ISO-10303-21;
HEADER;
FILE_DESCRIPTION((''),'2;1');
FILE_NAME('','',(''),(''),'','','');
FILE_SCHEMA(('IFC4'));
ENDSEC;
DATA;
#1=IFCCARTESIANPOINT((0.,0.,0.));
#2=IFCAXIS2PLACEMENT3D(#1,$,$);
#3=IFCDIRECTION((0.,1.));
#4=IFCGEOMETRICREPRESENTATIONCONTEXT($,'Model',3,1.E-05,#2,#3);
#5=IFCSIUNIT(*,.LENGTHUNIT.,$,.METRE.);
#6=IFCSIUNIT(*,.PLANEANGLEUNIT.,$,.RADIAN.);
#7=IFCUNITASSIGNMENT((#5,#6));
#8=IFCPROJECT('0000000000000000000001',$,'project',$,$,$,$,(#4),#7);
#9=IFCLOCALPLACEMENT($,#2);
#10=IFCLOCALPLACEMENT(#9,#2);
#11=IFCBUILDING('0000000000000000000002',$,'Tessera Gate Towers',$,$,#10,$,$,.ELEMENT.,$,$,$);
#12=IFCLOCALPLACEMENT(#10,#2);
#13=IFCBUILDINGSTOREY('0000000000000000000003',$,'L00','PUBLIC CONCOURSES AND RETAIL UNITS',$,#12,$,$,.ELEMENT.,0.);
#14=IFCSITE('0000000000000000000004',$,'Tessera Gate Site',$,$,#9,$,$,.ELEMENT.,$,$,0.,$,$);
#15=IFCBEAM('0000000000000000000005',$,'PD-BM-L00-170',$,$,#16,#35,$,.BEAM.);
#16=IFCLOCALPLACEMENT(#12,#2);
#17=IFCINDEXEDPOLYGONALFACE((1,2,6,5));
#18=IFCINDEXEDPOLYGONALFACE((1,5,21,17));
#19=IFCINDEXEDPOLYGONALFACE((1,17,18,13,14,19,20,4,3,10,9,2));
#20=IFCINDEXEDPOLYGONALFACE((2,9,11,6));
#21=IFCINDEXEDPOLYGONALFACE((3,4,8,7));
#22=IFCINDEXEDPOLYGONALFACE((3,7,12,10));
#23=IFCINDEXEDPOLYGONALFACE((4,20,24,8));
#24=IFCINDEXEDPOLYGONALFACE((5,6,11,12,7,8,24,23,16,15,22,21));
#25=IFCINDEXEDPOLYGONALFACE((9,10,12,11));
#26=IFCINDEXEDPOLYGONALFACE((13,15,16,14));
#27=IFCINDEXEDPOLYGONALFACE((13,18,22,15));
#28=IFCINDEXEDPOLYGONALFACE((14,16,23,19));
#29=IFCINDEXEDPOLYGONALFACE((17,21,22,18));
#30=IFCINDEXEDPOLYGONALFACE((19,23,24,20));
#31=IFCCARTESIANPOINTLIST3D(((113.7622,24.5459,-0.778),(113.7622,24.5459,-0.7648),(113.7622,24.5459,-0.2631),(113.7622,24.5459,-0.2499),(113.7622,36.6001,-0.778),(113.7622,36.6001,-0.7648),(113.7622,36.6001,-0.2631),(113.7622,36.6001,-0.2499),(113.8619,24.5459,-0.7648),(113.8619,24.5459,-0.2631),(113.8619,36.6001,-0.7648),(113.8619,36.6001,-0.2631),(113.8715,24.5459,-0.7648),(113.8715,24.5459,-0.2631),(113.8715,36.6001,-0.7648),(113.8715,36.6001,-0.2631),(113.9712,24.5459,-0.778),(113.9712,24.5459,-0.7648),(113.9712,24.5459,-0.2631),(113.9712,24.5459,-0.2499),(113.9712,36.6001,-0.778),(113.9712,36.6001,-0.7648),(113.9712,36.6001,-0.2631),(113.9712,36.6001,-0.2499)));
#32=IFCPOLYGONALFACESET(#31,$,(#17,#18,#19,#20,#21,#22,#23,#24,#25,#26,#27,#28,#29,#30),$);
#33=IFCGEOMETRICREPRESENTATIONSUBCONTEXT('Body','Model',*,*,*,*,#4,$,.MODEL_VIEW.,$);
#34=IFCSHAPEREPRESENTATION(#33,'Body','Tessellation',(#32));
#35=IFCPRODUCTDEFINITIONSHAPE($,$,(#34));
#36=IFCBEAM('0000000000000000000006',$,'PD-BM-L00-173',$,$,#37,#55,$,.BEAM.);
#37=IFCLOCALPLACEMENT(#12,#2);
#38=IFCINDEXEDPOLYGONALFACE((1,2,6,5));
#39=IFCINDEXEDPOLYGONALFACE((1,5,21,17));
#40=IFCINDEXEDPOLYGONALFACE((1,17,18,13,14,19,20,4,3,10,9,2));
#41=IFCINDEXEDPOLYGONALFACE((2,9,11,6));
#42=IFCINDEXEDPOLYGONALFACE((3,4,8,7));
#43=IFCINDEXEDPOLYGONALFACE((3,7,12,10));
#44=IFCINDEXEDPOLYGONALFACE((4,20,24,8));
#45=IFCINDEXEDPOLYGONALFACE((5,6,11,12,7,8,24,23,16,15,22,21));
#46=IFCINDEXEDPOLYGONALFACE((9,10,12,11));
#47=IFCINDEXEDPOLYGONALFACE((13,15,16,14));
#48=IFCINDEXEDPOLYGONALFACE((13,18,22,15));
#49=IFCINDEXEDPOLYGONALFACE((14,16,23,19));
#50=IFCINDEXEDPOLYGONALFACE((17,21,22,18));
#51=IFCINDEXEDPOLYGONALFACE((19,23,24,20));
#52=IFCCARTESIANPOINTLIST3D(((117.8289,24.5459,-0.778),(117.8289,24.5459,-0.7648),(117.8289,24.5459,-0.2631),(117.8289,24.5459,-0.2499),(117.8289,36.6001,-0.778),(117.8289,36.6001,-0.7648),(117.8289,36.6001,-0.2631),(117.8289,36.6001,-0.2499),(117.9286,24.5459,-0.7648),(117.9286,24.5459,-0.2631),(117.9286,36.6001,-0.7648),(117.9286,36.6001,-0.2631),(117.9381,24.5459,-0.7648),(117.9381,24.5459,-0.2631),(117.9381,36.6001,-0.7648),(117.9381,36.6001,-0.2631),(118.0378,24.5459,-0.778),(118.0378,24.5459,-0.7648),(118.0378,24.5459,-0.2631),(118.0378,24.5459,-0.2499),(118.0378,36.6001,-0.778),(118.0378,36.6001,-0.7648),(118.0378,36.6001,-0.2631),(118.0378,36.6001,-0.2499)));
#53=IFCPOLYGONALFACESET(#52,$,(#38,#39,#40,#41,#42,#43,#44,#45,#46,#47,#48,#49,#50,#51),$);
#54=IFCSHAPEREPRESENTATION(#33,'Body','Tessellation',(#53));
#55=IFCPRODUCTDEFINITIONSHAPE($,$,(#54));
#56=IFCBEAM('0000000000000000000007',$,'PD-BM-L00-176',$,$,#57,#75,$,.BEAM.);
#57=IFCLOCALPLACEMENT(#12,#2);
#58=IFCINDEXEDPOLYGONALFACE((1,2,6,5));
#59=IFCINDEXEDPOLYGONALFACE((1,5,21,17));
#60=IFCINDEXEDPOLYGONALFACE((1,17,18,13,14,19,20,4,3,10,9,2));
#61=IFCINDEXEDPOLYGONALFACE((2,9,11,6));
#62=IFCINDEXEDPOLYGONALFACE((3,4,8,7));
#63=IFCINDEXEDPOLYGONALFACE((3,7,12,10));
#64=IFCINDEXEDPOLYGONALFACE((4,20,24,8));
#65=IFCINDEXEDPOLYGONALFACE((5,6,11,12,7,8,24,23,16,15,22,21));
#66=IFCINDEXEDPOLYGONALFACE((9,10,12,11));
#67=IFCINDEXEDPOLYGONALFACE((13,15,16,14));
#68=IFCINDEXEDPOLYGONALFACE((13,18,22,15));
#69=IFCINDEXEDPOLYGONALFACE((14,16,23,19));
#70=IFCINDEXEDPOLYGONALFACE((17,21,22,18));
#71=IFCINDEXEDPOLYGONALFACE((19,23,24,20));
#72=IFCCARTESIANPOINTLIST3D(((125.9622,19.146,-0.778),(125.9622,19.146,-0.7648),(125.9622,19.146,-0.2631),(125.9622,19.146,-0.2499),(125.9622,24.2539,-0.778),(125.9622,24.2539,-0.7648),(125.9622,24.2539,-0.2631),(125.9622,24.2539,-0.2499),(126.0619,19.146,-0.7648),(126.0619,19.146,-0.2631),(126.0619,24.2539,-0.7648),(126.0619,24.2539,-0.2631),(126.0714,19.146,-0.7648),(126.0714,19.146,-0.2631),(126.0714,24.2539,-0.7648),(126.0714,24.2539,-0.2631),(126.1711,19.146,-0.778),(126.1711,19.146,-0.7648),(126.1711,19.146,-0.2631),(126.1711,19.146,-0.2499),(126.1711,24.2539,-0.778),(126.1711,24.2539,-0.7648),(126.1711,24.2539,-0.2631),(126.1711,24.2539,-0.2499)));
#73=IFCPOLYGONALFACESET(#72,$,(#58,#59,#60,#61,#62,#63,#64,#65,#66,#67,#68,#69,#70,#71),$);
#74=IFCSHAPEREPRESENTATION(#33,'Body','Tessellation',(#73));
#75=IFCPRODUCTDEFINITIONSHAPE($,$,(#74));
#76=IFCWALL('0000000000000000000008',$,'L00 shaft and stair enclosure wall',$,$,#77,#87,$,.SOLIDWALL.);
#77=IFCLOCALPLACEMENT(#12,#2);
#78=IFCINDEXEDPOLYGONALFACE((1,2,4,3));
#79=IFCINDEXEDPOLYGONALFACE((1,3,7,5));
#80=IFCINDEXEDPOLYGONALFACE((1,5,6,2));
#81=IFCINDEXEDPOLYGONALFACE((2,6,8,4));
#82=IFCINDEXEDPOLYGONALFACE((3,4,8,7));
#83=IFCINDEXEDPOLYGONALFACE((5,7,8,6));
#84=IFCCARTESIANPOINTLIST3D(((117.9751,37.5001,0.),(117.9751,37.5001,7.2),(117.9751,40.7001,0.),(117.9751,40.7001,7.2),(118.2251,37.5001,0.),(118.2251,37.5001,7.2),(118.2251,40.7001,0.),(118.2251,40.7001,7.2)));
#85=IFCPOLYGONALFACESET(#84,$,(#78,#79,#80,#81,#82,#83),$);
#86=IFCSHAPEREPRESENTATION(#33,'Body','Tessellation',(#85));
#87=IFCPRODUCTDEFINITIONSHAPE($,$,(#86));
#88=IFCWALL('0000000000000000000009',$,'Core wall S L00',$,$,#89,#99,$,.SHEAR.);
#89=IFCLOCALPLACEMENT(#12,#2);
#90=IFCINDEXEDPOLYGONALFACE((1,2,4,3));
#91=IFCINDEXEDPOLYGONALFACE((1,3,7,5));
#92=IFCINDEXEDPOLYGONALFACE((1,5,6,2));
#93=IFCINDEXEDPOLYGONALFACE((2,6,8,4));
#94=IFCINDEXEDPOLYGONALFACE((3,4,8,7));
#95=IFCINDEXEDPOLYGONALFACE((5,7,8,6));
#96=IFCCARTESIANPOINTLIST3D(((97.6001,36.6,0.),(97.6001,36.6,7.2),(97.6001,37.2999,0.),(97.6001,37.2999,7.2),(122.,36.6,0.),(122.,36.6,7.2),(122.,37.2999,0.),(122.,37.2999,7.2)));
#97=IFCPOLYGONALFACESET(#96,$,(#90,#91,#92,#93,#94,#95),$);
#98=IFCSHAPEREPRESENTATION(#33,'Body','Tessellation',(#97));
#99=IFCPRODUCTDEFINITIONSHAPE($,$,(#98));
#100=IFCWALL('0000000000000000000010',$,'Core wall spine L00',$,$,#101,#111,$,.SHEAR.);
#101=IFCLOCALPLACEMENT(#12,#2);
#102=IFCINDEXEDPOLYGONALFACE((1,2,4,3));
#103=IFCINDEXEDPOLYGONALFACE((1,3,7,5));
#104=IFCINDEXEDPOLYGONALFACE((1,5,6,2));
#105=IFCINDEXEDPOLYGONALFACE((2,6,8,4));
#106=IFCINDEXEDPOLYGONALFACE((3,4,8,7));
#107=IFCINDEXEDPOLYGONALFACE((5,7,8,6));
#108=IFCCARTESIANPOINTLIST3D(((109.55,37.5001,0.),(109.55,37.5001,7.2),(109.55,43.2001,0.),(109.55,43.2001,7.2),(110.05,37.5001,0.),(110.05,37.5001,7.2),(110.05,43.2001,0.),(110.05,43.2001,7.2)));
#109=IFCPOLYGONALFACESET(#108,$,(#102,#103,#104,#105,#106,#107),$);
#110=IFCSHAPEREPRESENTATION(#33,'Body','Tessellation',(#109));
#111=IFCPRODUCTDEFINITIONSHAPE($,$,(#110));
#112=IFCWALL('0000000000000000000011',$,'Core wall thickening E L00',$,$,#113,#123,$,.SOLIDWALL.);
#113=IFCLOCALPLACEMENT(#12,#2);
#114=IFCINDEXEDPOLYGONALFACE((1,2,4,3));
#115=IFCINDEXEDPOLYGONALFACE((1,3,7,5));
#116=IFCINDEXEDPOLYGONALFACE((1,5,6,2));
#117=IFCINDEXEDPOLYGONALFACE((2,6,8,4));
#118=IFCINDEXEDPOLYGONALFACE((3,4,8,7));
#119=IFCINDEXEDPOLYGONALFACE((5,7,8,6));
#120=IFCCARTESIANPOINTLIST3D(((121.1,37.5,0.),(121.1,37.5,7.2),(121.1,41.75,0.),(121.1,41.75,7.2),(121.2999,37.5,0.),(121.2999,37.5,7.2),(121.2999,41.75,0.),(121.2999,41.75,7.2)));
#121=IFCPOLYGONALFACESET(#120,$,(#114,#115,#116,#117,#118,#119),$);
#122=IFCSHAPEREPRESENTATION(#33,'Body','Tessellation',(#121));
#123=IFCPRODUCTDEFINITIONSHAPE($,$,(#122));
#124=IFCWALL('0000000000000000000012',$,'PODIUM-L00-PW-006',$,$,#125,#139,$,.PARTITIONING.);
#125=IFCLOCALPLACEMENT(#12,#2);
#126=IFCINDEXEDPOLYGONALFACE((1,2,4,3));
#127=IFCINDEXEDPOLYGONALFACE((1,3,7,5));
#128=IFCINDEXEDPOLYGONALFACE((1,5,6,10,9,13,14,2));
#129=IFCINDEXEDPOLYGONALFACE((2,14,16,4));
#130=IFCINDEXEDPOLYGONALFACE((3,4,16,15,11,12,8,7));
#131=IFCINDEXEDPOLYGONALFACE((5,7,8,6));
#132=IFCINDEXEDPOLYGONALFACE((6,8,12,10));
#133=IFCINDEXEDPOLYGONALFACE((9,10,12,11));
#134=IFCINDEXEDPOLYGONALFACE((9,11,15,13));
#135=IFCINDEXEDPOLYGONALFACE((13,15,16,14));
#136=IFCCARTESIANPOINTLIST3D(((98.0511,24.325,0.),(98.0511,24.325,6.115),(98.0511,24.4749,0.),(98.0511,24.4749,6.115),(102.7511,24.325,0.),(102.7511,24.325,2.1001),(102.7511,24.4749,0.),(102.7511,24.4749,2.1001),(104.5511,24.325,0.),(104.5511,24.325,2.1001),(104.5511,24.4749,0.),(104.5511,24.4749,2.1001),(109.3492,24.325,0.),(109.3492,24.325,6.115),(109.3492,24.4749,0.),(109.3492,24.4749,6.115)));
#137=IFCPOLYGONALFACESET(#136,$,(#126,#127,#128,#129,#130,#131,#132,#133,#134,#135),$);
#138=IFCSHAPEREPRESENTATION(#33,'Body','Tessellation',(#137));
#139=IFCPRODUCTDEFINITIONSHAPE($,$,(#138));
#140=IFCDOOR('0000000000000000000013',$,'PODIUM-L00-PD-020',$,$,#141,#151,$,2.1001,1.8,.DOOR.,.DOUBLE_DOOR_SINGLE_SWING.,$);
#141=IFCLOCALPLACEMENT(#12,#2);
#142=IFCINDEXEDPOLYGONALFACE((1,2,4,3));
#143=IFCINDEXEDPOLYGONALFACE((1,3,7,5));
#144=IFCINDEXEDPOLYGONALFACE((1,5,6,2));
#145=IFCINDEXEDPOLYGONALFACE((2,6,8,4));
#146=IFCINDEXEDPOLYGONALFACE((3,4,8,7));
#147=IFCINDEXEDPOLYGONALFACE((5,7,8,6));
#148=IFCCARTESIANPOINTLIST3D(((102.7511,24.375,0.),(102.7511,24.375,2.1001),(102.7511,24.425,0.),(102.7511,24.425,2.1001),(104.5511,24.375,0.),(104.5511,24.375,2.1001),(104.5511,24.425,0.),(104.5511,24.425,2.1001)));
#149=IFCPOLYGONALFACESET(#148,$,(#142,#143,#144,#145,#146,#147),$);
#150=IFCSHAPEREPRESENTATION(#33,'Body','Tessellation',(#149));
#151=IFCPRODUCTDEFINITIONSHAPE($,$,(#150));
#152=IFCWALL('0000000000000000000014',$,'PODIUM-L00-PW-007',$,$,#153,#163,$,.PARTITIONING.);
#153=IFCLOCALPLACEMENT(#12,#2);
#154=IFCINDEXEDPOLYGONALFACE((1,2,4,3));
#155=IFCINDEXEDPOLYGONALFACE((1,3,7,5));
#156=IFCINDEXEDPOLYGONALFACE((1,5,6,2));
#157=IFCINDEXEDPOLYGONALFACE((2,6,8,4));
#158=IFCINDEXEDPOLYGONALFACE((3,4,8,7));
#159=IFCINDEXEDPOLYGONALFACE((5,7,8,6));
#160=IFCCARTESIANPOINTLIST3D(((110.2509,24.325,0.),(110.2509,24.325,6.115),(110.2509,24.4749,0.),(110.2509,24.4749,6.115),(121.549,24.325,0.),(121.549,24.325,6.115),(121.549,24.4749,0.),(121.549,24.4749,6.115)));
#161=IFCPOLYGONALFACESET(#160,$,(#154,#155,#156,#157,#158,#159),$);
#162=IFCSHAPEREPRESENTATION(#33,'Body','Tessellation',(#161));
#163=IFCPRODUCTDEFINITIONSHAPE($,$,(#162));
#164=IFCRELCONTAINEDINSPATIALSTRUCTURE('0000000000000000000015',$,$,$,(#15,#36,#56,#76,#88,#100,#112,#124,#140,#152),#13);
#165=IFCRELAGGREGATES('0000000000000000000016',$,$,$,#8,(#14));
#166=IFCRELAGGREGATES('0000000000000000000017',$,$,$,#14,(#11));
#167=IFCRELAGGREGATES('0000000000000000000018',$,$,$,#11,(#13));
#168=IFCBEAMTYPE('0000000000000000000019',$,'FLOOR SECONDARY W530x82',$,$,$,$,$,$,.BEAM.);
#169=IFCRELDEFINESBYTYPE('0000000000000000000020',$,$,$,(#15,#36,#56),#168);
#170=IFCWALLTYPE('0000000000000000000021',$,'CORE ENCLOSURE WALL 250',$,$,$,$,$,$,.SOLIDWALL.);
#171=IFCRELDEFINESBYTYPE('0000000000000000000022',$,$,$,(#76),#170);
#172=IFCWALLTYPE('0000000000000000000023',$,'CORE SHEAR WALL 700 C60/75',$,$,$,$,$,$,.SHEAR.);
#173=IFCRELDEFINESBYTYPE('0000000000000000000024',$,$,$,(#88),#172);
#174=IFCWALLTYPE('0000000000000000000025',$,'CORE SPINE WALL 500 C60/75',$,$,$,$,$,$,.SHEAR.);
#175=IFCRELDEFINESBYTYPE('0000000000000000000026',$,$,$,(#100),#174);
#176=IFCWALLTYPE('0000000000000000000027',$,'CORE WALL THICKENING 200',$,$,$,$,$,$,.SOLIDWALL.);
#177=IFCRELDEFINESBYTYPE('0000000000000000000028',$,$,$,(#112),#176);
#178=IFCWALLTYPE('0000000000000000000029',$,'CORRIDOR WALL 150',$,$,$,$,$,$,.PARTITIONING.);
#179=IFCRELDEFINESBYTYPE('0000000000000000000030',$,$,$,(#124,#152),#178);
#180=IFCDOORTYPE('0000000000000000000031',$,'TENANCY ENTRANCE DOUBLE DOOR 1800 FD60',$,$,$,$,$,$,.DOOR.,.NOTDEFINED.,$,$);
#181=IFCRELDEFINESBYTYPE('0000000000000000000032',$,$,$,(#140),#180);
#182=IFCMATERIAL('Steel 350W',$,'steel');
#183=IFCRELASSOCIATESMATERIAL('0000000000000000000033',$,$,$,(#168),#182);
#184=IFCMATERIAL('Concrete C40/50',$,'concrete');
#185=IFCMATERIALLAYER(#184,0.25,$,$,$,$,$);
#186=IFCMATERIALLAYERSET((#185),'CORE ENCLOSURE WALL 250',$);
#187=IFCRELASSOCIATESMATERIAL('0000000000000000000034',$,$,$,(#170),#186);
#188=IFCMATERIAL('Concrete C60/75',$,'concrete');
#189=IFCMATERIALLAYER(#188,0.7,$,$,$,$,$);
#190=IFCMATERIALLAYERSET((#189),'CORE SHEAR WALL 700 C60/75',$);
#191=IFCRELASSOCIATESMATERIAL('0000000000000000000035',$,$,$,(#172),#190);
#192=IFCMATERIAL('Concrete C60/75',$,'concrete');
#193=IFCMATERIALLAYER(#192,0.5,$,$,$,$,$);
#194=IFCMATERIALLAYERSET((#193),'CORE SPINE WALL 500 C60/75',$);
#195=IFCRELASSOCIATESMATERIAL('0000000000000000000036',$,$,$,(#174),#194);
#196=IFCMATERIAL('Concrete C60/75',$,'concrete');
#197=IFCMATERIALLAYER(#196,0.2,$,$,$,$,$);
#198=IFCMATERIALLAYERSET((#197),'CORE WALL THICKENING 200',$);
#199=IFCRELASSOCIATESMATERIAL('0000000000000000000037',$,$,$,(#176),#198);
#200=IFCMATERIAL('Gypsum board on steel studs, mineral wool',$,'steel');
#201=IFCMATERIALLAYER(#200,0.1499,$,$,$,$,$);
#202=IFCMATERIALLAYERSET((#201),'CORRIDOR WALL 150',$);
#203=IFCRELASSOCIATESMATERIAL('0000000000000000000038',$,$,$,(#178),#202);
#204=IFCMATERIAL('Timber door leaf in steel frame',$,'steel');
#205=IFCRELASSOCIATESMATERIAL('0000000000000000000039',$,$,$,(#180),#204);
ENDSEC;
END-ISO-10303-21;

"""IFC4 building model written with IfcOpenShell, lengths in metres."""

from ifc_helpers import new_model, si_unit, direction, frame, frame_2d, origin, origin_2d, place, context, subcontext, project, spatial, rectangle, i_section, extrude, source, transform, mapped, material, layer, layer_set, material_profile, profile_set, type_object, element, fill, save


model = new_model("IFC4")

# Units and contexts
model_context = context("Model", 3, precision=1e-05, world=origin(), true_north=direction((0.0, 1.0)))
body_context = subcontext(model_context, "Body", "Model", "MODEL_VIEW")
ifc_project = project(units=[si_unit("LENGTHUNIT", "METRE"), si_unit("PLANEANGLEUNIT", "RADIAN")], contexts=[model_context])

# Site, building, storey
site_placement = place(None, origin())
site = spatial("IfcSite", under=ifc_project, at=site_placement, Name="Tessera Gate Site", CompositionType="ELEMENT", RefElevation=0.0)
building_placement = place(site_placement, origin())
building = spatial("IfcBuilding", under=site, at=building_placement, Name="Tessera Gate Towers", CompositionType="ELEMENT")
storey_placement = place(building_placement, origin())
storey = spatial("IfcBuildingStorey", under=building, at=storey_placement, Name="L00", Description="PUBLIC CONCOURSES AND RETAIL UNITS", CompositionType="ELEMENT", Elevation=0.0)

# Beams
ifc_material_1 = material(Name="Steel 350W", Category="steel")
ifc_material_profile_1 = material_profile(ifc_material_1, i_section(OverallWidth=0.209, OverallDepth=0.5281, WebThickness=0.0095, FlangeThickness=0.0132, at=origin_2d()), Name="W530x82")
ifc_profile_set_1 = profile_set([ifc_material_profile_1], Name="Steel 350W")
beam_type_1 = type_object("IfcBeamType", Name="FLOOR SECONDARY W530x82", PredefinedType="BEAM", material=ifc_profile_set_1)
for number, where, z_axis, x_axis, name in (
    (1, (113.8667, 24.5459, -0.5139), (0.0, 1.0, 0.0), (-1.0, 0.0, 0.0), "PD-BM-L00-170"),
    (2, (117.9333, 24.5459, -0.5139), (0.0, 1.0, 0.0), (-1.0, 0.0, 0.0), "PD-BM-L00-173"),
):
    element("IfcBeam", number, at=place(storey_placement, frame(where, z_axis=z_axis, x_axis=x_axis)), inside=storey, type_object=beam_type_1, Name=name, PredefinedType="BEAM", context=body_context, shape_type="SweptSolid", body=[
        extrude(i_section(OverallWidth=0.209, OverallDepth=0.5281, WebThickness=0.0095, FlangeThickness=0.0132, at=origin_2d()), origin(), (0.0, 0.0, 1.0), 12.0542),
    ])
beam_1_placement = place(storey_placement, frame((126.0667, 19.146, -0.5139), z_axis=(0.0, 1.0, 0.0), x_axis=(-1.0, 0.0, 0.0)))
element("IfcBeam", 3, at=beam_1_placement, inside=storey, type_object=beam_type_1, Name="PD-BM-L00-176", PredefinedType="BEAM", context=body_context, shape_type="SweptSolid", body=[
    extrude(i_section(OverallWidth=0.209, OverallDepth=0.5281, WebThickness=0.0095, FlangeThickness=0.0132, at=origin_2d()), origin(), (0.0, 0.0, 1.0), 5.1079),
])

# Walls
ifc_material_2 = material(Name="Concrete C40/50", Category="concrete")
ifc_layer_1 = layer(ifc_material_2, 0.25)
ifc_layer_set_1 = layer_set([ifc_layer_1], Name="CORE ENCLOSURE WALL 250")
wall_type_1 = type_object("IfcWallType", Name="CORE ENCLOSURE WALL 250", PredefinedType="SOLIDWALL", material=ifc_layer_set_1)
wall_1_placement = place(storey_placement, frame((118.1001, 37.5, 0.0), z_axis=(0.0, 0.0, 1.0), x_axis=(0.0, 1.0, 0.0)))
element("IfcWall", 4, at=wall_1_placement, inside=storey, type_object=wall_type_1, Name="L00 shaft and stair enclosure wall", PredefinedType="SOLIDWALL", context=body_context, shape_type="SweptSolid", body=[
    extrude(rectangle(XDim=3.2, YDim=0.25, at=frame_2d((1.6001, 0.0))), origin(), (0.0, 0.0, 1.0), 7.2),
])
ifc_material_3 = material(Name="Concrete C60/75", Category="concrete")
ifc_layer_2 = layer(ifc_material_3, 0.7)
ifc_layer_set_2 = layer_set([ifc_layer_2], Name="CORE SHEAR WALL 700 C60/75")
wall_type_2 = type_object("IfcWallType", Name="CORE SHEAR WALL 700 C60/75", PredefinedType="SHEAR", material=ifc_layer_set_2)
wall_2_placement = place(storey_placement, frame((122.0, 36.95, 0.0), z_axis=(0.0, 0.0, 1.0), x_axis=(-1.0, 0.0, 0.0)))
element("IfcWall", 5, at=wall_2_placement, inside=storey, type_object=wall_type_2, Name="Core wall S L00", PredefinedType="SHEAR", context=body_context, shape_type="SweptSolid", body=[
    extrude(rectangle(XDim=24.3999, YDim=0.7, at=frame_2d((12.2, 0.0))), origin(), (0.0, 0.0, 1.0), 7.2),
])
ifc_material_4 = material(Name="Concrete C60/75", Category="concrete")
ifc_layer_3 = layer(ifc_material_4, 0.5)
ifc_layer_set_3 = layer_set([ifc_layer_3], Name="CORE SPINE WALL 500 C60/75")
wall_type_3 = type_object("IfcWallType", Name="CORE SPINE WALL 500 C60/75", PredefinedType="SHEAR", material=ifc_layer_set_3)
wall_3_placement = place(storey_placement, frame((109.8, 37.5, 0.0), z_axis=(0.0, 0.0, 1.0), x_axis=(0.0, 1.0, 0.0)))
element("IfcWall", 6, at=wall_3_placement, inside=storey, type_object=wall_type_3, Name="Core wall spine L00", PredefinedType="SHEAR", context=body_context, shape_type="SweptSolid", body=[
    extrude(rectangle(XDim=5.7, YDim=0.5, at=frame_2d((2.8501, 0.0))), origin(), (0.0, 0.0, 1.0), 7.2),
])
ifc_material_5 = material(Name="Concrete C60/75", Category="concrete")
ifc_layer_4 = layer(ifc_material_5, 0.2)
ifc_layer_set_4 = layer_set([ifc_layer_4], Name="CORE WALL THICKENING 200")
wall_type_4 = type_object("IfcWallType", Name="CORE WALL THICKENING 200", PredefinedType="SOLIDWALL", material=ifc_layer_set_4)
wall_4_placement = place(storey_placement, frame((121.2, 37.5, 0.0), z_axis=(0.0, 0.0, 1.0), x_axis=(0.0, 1.0, 0.0)))
element("IfcWall", 7, at=wall_4_placement, inside=storey, type_object=wall_type_4, Name="Core wall thickening E L00", PredefinedType="SOLIDWALL", context=body_context, shape_type="SweptSolid", body=[
    extrude(rectangle(XDim=4.25, YDim=0.2, at=frame_2d((2.125, 0.0))), origin(), (0.0, 0.0, 1.0), 7.2),
])

# Wall, opening, door
ifc_material_6 = material(Name="Gypsum board on steel studs, mineral wool", Category="steel")
ifc_layer_5 = layer(ifc_material_6, 0.1499)
ifc_layer_set_5 = layer_set([ifc_layer_5], Name="CORRIDOR WALL 150")
wall_type_5 = type_object("IfcWallType", Name="CORRIDOR WALL 150", PredefinedType="PARTITIONING", material=ifc_layer_set_5)
wall_5_placement = place(storey_placement, frame((109.3491, 24.3999, 0.0), z_axis=(0.0, 0.0, 1.0), x_axis=(-1.0, 0.0, 0.0)))
wall_5 = element("IfcWall", 8, at=wall_5_placement, inside=storey, type_object=wall_type_5, Name="PODIUM-L00-PW-006", PredefinedType="PARTITIONING", context=body_context, shape_type="SweptSolid", body=[
    extrude(rectangle(XDim=11.2981, YDim=0.1499, at=frame_2d((5.6489, 0.0))), origin(), (0.0, 0.0, 1.0), 6.115),
])
shared_shape_1 = source(origin(), body_context, "Body", "SweptSolid", [
    extrude(rectangle(XDim=1.8, YDim=2.1001, at=frame_2d((0.8999, 1.05))), frame((0.0, 0.085, 0.0), z_axis=(0.0, -1.0, 0.0), x_axis=(1.0, 0.0, 0.0)), (0.0, 0.0, 1.0), 0.1699),
])
opening_1_placement = place(wall_5_placement, frame((4.7981, 0.0, 0.0)))
opening_1 = element("IfcOpeningElement", 9, at=opening_1_placement, cuts=wall_5, PredefinedType="OPENING", context=body_context, shape_type="MappedRepresentation", body=[
    mapped(shared_shape_1, transform((0.0, 0.0, 0.0), scale=1.0)),
])
ifc_material_7 = material(Name="Timber door leaf in steel frame", Category="steel")
door_type = type_object("IfcDoorType", Name="TENANCY ENTRANCE DOUBLE DOOR 1800 FD60", OperationType="NOTDEFINED", PredefinedType="DOOR", material=ifc_material_7)
shared_shape_2 = source(origin(), body_context, "Body", "SweptSolid", [
    extrude(rectangle(XDim=1.8, YDim=2.1001, at=frame_2d((0.8999, 1.05))), frame((0.0, 0.0249, 0.0), z_axis=(0.0, -1.0, 0.0), x_axis=(1.0, 0.0, 0.0)), (0.0, 0.0, 1.0), 0.05),
])
door_1_placement = place(opening_1_placement, origin())
door_1 = element("IfcDoor", 10, at=door_1_placement, inside=storey, type_object=door_type, Name="PODIUM-L00-PD-020", OperationType="DOUBLE_DOOR_SINGLE_SWING", OverallHeight=2.1001, OverallWidth=1.8, PredefinedType="DOOR", context=body_context, shape_type="MappedRepresentation", body=[
    mapped(shared_shape_2, transform((0.0, 0.0, 0.0), scale=1.0)),
])
fill(opening_1, door_1)

# Wall
wall_6_placement = place(storey_placement, frame((110.251, 24.3999, 0.0), z_axis=(0.0, 0.0, 1.0), x_axis=(1.0, 0.0, 0.0)))
element("IfcWall", 11, at=wall_6_placement, inside=storey, type_object=wall_type_5, Name="PODIUM-L00-PW-007", PredefinedType="PARTITIONING", context=body_context, shape_type="SweptSolid", body=[
    extrude(rectangle(XDim=11.2981, YDim=0.1499, at=frame_2d((5.6489, 0.0))), origin(), (0.0, 0.0, 1.0), 6.115),
])

save(model, "model.ifc")
